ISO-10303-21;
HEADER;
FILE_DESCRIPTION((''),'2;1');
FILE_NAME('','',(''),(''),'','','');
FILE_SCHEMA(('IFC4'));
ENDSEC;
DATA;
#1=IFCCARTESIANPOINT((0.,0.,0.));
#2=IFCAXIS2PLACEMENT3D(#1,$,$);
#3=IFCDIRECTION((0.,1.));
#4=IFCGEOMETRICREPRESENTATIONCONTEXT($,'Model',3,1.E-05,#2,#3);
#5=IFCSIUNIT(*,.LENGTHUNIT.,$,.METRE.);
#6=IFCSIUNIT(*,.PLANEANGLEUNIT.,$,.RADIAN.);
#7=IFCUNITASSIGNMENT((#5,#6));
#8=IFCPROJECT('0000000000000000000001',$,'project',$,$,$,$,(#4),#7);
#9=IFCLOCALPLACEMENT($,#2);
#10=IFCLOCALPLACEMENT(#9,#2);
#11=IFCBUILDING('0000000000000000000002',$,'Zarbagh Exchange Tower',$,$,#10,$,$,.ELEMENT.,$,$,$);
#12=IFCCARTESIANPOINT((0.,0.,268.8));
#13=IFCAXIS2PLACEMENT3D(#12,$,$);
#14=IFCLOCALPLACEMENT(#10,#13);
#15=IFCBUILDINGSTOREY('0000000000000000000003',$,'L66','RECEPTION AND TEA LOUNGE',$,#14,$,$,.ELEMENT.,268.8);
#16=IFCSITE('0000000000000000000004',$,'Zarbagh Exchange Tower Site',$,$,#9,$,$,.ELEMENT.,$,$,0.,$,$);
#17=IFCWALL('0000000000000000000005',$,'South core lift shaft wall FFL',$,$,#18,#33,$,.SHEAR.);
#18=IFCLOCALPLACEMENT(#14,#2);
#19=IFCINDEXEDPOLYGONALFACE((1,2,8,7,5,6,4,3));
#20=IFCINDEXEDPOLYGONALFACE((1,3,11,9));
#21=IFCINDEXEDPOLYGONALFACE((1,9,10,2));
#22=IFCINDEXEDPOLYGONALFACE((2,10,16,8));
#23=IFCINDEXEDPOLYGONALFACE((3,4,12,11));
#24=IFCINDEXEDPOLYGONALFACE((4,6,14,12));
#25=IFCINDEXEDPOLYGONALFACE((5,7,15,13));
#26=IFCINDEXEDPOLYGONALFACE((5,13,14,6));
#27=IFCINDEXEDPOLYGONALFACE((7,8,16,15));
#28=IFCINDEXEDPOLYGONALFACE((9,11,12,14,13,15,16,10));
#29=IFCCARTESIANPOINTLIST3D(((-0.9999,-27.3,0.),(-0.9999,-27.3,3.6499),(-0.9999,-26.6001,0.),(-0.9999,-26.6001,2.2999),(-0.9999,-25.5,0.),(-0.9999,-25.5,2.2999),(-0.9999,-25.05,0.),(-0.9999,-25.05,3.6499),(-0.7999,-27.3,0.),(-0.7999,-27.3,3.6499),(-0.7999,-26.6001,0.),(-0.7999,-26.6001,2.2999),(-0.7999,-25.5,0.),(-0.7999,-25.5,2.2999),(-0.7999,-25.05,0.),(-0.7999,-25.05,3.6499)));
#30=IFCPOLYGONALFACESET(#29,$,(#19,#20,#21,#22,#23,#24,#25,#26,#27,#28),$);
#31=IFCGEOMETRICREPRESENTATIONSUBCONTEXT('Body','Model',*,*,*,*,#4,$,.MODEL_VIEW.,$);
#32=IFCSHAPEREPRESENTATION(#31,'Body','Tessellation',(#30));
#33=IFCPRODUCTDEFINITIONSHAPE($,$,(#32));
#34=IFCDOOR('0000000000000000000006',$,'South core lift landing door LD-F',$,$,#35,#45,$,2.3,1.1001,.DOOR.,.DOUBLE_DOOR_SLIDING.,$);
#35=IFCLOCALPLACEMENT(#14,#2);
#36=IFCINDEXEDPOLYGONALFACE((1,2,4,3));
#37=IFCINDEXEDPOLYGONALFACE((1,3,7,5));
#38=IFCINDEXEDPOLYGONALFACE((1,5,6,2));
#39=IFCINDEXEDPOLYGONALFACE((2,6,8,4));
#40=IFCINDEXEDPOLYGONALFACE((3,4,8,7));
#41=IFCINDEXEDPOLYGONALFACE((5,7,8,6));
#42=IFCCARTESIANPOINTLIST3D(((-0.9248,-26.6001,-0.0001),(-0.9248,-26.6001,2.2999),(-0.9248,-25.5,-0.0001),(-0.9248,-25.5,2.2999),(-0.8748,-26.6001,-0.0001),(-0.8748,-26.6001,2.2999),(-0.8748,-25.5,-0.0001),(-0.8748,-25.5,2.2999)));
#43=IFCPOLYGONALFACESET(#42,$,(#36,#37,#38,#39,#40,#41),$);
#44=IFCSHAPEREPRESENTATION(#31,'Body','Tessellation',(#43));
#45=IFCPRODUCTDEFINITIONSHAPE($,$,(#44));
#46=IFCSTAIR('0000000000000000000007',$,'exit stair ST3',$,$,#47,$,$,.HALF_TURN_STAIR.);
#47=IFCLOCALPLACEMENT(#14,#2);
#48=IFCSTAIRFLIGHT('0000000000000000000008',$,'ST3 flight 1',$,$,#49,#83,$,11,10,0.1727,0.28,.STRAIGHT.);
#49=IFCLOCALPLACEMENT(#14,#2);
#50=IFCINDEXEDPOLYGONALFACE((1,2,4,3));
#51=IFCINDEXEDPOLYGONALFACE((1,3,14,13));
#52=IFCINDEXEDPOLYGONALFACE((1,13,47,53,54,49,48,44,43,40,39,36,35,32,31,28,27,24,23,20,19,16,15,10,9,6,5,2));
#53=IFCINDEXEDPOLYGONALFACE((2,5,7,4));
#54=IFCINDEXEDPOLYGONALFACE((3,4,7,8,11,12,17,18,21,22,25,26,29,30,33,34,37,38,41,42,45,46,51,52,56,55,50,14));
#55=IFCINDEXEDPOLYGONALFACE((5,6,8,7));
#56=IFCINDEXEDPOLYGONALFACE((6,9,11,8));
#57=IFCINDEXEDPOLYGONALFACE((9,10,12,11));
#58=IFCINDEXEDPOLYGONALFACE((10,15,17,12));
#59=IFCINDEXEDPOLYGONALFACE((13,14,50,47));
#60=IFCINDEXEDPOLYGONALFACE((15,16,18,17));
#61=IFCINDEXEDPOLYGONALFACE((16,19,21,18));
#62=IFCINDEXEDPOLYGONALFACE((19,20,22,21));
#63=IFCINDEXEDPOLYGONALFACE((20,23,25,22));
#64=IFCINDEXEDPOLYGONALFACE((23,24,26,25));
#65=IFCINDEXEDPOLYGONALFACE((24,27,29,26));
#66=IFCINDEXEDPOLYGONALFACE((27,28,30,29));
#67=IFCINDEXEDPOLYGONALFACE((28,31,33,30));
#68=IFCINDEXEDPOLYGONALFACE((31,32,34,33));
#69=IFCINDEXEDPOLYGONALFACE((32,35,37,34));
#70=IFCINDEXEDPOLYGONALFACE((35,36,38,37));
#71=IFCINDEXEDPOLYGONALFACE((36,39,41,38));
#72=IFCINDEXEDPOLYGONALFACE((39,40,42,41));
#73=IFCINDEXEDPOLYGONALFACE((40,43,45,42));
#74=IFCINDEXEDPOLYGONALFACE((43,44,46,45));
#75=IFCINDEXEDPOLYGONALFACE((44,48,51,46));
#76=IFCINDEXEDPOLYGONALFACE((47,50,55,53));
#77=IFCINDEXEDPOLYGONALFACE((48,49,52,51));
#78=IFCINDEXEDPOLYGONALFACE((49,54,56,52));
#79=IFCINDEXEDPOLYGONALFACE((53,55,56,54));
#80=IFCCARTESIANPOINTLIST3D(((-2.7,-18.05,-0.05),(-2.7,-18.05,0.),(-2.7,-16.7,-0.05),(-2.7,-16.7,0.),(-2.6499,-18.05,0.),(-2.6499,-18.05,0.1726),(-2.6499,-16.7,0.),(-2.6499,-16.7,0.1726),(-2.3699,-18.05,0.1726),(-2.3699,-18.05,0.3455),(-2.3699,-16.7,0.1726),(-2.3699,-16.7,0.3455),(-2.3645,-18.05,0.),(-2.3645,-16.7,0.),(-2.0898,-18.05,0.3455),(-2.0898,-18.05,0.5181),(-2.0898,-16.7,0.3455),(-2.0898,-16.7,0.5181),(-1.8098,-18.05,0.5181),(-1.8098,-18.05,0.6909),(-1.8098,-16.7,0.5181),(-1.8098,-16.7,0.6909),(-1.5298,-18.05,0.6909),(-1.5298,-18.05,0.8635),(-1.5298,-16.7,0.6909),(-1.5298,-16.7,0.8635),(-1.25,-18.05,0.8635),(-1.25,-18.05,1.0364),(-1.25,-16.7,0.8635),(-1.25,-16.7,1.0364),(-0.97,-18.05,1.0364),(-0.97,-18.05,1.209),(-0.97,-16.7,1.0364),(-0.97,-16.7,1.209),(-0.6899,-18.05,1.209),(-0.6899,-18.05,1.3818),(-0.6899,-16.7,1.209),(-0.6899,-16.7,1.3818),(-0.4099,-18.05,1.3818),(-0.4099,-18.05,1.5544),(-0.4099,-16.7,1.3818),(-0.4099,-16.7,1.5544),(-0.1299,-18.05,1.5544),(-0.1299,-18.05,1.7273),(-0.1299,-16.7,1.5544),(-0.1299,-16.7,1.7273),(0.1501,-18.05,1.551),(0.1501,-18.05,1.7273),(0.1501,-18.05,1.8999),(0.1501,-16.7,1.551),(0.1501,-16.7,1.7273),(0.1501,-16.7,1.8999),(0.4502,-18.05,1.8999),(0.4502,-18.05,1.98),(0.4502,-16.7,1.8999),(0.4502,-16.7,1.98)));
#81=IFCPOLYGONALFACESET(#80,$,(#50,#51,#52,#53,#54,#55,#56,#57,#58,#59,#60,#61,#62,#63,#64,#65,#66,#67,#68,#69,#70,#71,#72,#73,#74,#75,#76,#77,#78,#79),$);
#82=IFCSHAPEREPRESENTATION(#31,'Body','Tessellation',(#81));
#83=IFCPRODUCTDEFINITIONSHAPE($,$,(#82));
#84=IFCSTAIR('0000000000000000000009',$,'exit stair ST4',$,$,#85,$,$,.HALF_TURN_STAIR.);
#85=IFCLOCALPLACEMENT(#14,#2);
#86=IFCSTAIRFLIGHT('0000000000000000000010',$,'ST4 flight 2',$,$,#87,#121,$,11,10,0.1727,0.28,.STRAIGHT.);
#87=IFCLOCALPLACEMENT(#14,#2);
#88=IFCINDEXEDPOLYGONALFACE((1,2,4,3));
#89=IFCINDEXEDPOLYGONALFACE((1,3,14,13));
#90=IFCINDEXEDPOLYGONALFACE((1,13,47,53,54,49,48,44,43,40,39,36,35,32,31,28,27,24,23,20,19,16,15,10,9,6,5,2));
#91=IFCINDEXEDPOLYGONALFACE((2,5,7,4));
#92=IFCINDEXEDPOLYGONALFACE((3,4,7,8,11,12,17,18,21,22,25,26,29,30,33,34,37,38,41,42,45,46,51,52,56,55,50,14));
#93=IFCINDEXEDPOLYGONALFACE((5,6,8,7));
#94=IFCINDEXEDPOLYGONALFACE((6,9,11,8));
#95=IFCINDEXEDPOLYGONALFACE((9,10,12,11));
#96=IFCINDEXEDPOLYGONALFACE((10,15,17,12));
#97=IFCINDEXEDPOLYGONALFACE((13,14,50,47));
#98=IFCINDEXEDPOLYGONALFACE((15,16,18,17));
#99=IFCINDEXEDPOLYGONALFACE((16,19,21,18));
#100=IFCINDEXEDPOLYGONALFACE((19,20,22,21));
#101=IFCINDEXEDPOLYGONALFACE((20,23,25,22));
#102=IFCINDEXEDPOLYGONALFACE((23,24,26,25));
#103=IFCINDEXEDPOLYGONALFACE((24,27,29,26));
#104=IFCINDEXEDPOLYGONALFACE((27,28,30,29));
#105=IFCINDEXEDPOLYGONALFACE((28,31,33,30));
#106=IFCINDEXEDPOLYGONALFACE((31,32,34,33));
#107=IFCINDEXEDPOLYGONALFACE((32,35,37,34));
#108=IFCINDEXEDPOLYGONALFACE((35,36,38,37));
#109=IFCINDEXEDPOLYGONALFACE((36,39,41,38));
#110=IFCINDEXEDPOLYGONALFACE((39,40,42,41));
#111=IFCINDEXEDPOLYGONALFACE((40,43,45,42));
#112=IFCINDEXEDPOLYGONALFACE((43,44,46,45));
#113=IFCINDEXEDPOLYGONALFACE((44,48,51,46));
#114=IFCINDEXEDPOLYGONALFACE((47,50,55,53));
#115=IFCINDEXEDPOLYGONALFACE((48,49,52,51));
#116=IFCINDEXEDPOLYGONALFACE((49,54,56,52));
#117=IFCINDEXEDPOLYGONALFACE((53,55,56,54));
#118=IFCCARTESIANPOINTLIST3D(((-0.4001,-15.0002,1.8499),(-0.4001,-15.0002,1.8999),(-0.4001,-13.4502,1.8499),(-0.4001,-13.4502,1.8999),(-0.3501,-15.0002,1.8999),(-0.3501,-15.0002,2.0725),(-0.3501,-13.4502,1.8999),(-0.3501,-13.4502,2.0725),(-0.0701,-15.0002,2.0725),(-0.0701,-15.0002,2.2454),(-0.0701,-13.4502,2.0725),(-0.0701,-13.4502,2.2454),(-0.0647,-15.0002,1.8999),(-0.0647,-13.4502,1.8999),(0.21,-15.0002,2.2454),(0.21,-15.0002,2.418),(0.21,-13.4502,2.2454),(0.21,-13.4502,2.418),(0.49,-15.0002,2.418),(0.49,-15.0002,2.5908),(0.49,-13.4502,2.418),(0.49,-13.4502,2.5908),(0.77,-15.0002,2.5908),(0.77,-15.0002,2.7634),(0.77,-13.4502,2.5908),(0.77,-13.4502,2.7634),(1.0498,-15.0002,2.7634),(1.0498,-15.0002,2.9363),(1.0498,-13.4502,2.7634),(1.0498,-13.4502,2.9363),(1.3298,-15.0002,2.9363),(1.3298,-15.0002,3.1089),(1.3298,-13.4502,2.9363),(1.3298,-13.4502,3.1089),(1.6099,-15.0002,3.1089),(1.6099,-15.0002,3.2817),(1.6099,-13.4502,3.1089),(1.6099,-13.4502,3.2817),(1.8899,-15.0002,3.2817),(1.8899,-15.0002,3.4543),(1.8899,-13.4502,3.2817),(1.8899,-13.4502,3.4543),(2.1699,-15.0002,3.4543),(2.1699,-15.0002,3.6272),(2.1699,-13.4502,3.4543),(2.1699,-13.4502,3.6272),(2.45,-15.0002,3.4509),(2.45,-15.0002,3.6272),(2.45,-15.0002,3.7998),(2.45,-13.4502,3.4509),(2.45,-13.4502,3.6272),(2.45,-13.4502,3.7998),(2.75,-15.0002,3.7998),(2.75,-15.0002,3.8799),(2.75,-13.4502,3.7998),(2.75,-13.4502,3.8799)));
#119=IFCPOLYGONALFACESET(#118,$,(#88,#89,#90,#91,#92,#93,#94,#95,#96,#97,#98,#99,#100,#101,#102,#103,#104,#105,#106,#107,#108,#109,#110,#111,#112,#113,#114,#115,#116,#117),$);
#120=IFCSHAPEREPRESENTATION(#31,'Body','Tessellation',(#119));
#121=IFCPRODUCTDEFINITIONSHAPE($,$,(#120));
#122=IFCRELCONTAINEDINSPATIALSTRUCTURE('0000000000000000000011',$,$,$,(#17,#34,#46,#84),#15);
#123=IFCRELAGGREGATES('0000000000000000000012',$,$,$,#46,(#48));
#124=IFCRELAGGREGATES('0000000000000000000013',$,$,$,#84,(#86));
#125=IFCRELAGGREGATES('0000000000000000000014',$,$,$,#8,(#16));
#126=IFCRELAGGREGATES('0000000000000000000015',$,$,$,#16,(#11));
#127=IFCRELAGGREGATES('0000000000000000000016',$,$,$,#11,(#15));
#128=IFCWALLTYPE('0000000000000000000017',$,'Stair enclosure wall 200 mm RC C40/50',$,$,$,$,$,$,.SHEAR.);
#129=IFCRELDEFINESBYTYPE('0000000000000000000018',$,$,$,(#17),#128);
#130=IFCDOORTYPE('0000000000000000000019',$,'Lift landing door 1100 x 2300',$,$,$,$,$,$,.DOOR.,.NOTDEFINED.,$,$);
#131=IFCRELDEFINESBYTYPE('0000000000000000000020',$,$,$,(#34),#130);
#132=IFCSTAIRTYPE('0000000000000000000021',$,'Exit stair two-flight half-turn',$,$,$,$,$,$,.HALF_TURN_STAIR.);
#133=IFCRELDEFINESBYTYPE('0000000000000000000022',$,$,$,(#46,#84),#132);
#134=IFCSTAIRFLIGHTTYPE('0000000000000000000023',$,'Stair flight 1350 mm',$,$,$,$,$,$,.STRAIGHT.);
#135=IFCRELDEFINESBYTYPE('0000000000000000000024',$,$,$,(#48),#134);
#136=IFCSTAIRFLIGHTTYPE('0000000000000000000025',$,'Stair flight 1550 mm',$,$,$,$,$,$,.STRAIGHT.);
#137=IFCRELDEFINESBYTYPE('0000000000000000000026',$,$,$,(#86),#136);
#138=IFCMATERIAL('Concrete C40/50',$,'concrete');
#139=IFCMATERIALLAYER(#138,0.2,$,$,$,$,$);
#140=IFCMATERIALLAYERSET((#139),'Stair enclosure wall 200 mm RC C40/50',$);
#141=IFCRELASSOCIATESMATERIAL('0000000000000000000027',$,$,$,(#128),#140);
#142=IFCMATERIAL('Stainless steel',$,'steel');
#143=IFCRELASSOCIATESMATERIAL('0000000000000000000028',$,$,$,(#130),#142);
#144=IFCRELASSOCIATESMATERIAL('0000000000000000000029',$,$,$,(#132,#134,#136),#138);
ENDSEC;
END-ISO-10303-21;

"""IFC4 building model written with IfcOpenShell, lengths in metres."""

from ifc_helpers import new_model, si_unit, direction, frame, frame_2d, origin, place, context, subcontext, project, spatial, polyline, rectangle, outline, extrude, material, layer, layer_set, type_object, element, fill, aggregate, save


model = new_model("IFC4")

# Units and contexts
model_context = context("Model", 3, precision=1e-05, world=origin(), true_north=direction((0.0, 1.0)))
body_context = subcontext(model_context, "Body", "Model", "MODEL_VIEW")
ifc_project = project(units=[si_unit("LENGTHUNIT", "METRE"), si_unit("PLANEANGLEUNIT", "RADIAN")], contexts=[model_context])

# Site, building, storey
site_placement = place(None, origin())
site = spatial("IfcSite", under=ifc_project, at=site_placement, Name="Zarbagh Exchange Tower Site", CompositionType="ELEMENT", RefElevation=0.0)
building_placement = place(site_placement, origin())
building = spatial("IfcBuilding", under=site, at=building_placement, Name="Zarbagh Exchange Tower", CompositionType="ELEMENT")
storey_placement = place(building_placement, frame((0.0, 0.0, 268.8)))
storey = spatial("IfcBuildingStorey", under=building, at=storey_placement, Name="L66", Description="RECEPTION AND TEA LOUNGE", CompositionType="ELEMENT", Elevation=268.8)

# Shared definitions
ifc_material_1 = material(Name="Concrete C40/50", Category="concrete")

# Wall, opening, door
ifc_layer_1 = layer(ifc_material_1, 0.2)
ifc_layer_set_1 = layer_set([ifc_layer_1], Name="Stair enclosure wall 200 mm RC C40/50")
wall_type_1 = type_object("IfcWallType", Name="Stair enclosure wall 200 mm RC C40/50", PredefinedType="SHEAR", material=ifc_layer_set_1)
wall_1_placement = place(storey_placement, frame((-0.8999, -27.3, 0.0), z_axis=(0.0, 0.0, 1.0), x_axis=(0.0, 1.0, 0.0)))
wall_1 = element("IfcWall", 1, at=wall_1_placement, inside=storey, type_object=wall_type_1, Name="South core lift shaft wall FFL", PredefinedType="SHEAR", context=body_context, shape_type="SweptSolid", body=[
    extrude(rectangle(XDim=2.25, YDim=0.2, at=frame_2d((1.125, 0.0))), origin(), (0.0, 0.0, 1.0), 3.6499),
])
opening_1_placement = place(wall_1_placement, frame((0.7, 0.0, 0.0)))
opening_1 = element("IfcOpeningElement", 2, at=opening_1_placement, cuts=wall_1, PredefinedType="OPENING", context=body_context, shape_type="SweptSolid", body=[
    extrude(rectangle(XDim=1.1001, YDim=2.3, at=frame_2d((0.55, 1.1499))), frame((0.0, 0.1099, 0.0), z_axis=(0.0, -1.0, 0.0), x_axis=(1.0, 0.0, 0.0)), (0.0, 0.0, 1.0), 0.22),
])
ifc_material_2 = material(Name="Stainless steel", Category="steel")
door_type_1 = type_object("IfcDoorType", Name="Lift landing door 1100 x 2300", OperationType="NOTDEFINED", PredefinedType="DOOR", material=ifc_material_2)
door_1_placement = place(opening_1_placement, origin())
door_1 = element("IfcDoor", 3, at=door_1_placement, inside=storey, type_object=door_type_1, Name="South core lift landing door LD-F", OperationType="DOUBLE_DOOR_SLIDING", OverallHeight=2.3, OverallWidth=1.1001, PredefinedType="DOOR", context=body_context, shape_type="SweptSolid", body=[
    extrude(rectangle(XDim=1.1001, YDim=2.3, at=frame_2d((0.55, 1.1499))), frame((0.0, 0.0249, 0.0), z_axis=(0.0, -1.0, 0.0), x_axis=(1.0, 0.0, 0.0)), (0.0, 0.0, 1.0), 0.05),
])
fill(opening_1, door_1)

# Stairs, stair flights
stair_type = type_object("IfcStairType", Name="Exit stair two-flight half-turn", PredefinedType="HALF_TURN_STAIR", material=ifc_material_1)
stair_1_placement = place(storey_placement, origin())
stair_1 = element("IfcStair", 4, at=stair_1_placement, inside=storey, type_object=stair_type, Name="exit stair ST3", PredefinedType="HALF_TURN_STAIR")
stair_flight_type_1 = type_object("IfcStairFlightType", Name="Stair flight 1350 mm", PredefinedType="STRAIGHT", material=ifc_material_1)
stair_flight_1_placement = place(storey_placement, frame((-2.6499, -17.375, 0.0), z_axis=(0.0, 0.0, 1.0), x_axis=(1.0, 0.0, 0.0)))
stair_flight_1 = element("IfcStairFlight", 5, at=stair_flight_1_placement, type_object=stair_flight_type_1, Name="ST3 flight 1", NumberOfRisers=11, NumberOfTreads=10, PredefinedType="STRAIGHT", RiserHeight=0.1727, TreadLength=0.28, context=body_context, shape_type="SweptSolid", body=[
    extrude(outline(polyline([(-0.05, -0.05), (-0.05, 0.0), (0.0, 0.0), (0.0, 0.1726), (0.28, 0.1726), (0.28, 0.3455), (0.5601, 0.3455), (0.5601, 0.5181), (0.8401, 0.5181), (0.8401, 0.6909), (1.1201, 0.6909), (1.1201, 0.8635), (1.3999, 0.8635), (1.3999, 1.0364), (1.6799, 1.0364), (1.6799, 1.209), (1.96, 1.209), (1.96, 1.3818), (2.24, 1.3818), (2.24, 1.5544), (2.52, 1.5544), (2.52, 1.7273), (2.8, 1.7273), (2.8, 1.8999), (3.1001, 1.98), (3.1001, 1.8999), (2.8, 1.551), (0.2854, 0.0), (-0.05, -0.05)])), frame((0.0, 0.675, 0.0), z_axis=(0.0, -1.0, 0.0), x_axis=(1.0, 0.0, 0.0)), (0.0, 0.0, 1.0), 1.3501),
])
aggregate(stair_1, [stair_flight_1])
stair_2_placement = place(storey_placement, origin())
stair_2 = element("IfcStair", 6, at=stair_2_placement, inside=storey, type_object=stair_type, Name="exit stair ST4", PredefinedType="HALF_TURN_STAIR")
stair_flight_type_2 = type_object("IfcStairFlightType", Name="Stair flight 1550 mm", PredefinedType="STRAIGHT", material=ifc_material_1)
stair_flight_2_placement = place(storey_placement, frame((-0.3501, -14.2251, 1.8999), z_axis=(0.0, 0.0, 1.0), x_axis=(1.0, 0.0, 0.0)))
stair_flight_2 = element("IfcStairFlight", 7, at=stair_flight_2_placement, type_object=stair_flight_type_2, Name="ST4 flight 2", NumberOfRisers=11, NumberOfTreads=10, PredefinedType="STRAIGHT", RiserHeight=0.1727, TreadLength=0.28, context=body_context, shape_type="SweptSolid", body=[
    extrude(outline(polyline([(-0.05, -0.05), (-0.05, 0.0), (0.0, 0.0), (0.0, 0.1726), (0.28, 0.1726), (0.28, 0.3455), (0.5601, 0.3455), (0.5601, 0.5181), (0.8401, 0.5181), (0.8401, 0.6909), (1.1201, 0.6909), (1.1201, 0.8635), (1.3999, 0.8635), (1.3999, 1.0364), (1.6799, 1.0364), (1.6799, 1.209), (1.96, 1.209), (1.96, 1.3818), (2.24, 1.3818), (2.24, 1.5544), (2.52, 1.5544), (2.52, 1.7273), (2.8, 1.7273), (2.8, 1.8999), (3.1001, 1.98), (3.1001, 1.8999), (2.8, 1.551), (0.2854, 0.0), (-0.05, -0.05)])), frame((0.0, 0.7749, 0.0), z_axis=(0.0, -1.0, 0.0), x_axis=(1.0, 0.0, 0.0)), (0.0, 0.0, 1.0), 1.55),
])
aggregate(stair_2, [stair_flight_2])

save(model, "model.ifc")
